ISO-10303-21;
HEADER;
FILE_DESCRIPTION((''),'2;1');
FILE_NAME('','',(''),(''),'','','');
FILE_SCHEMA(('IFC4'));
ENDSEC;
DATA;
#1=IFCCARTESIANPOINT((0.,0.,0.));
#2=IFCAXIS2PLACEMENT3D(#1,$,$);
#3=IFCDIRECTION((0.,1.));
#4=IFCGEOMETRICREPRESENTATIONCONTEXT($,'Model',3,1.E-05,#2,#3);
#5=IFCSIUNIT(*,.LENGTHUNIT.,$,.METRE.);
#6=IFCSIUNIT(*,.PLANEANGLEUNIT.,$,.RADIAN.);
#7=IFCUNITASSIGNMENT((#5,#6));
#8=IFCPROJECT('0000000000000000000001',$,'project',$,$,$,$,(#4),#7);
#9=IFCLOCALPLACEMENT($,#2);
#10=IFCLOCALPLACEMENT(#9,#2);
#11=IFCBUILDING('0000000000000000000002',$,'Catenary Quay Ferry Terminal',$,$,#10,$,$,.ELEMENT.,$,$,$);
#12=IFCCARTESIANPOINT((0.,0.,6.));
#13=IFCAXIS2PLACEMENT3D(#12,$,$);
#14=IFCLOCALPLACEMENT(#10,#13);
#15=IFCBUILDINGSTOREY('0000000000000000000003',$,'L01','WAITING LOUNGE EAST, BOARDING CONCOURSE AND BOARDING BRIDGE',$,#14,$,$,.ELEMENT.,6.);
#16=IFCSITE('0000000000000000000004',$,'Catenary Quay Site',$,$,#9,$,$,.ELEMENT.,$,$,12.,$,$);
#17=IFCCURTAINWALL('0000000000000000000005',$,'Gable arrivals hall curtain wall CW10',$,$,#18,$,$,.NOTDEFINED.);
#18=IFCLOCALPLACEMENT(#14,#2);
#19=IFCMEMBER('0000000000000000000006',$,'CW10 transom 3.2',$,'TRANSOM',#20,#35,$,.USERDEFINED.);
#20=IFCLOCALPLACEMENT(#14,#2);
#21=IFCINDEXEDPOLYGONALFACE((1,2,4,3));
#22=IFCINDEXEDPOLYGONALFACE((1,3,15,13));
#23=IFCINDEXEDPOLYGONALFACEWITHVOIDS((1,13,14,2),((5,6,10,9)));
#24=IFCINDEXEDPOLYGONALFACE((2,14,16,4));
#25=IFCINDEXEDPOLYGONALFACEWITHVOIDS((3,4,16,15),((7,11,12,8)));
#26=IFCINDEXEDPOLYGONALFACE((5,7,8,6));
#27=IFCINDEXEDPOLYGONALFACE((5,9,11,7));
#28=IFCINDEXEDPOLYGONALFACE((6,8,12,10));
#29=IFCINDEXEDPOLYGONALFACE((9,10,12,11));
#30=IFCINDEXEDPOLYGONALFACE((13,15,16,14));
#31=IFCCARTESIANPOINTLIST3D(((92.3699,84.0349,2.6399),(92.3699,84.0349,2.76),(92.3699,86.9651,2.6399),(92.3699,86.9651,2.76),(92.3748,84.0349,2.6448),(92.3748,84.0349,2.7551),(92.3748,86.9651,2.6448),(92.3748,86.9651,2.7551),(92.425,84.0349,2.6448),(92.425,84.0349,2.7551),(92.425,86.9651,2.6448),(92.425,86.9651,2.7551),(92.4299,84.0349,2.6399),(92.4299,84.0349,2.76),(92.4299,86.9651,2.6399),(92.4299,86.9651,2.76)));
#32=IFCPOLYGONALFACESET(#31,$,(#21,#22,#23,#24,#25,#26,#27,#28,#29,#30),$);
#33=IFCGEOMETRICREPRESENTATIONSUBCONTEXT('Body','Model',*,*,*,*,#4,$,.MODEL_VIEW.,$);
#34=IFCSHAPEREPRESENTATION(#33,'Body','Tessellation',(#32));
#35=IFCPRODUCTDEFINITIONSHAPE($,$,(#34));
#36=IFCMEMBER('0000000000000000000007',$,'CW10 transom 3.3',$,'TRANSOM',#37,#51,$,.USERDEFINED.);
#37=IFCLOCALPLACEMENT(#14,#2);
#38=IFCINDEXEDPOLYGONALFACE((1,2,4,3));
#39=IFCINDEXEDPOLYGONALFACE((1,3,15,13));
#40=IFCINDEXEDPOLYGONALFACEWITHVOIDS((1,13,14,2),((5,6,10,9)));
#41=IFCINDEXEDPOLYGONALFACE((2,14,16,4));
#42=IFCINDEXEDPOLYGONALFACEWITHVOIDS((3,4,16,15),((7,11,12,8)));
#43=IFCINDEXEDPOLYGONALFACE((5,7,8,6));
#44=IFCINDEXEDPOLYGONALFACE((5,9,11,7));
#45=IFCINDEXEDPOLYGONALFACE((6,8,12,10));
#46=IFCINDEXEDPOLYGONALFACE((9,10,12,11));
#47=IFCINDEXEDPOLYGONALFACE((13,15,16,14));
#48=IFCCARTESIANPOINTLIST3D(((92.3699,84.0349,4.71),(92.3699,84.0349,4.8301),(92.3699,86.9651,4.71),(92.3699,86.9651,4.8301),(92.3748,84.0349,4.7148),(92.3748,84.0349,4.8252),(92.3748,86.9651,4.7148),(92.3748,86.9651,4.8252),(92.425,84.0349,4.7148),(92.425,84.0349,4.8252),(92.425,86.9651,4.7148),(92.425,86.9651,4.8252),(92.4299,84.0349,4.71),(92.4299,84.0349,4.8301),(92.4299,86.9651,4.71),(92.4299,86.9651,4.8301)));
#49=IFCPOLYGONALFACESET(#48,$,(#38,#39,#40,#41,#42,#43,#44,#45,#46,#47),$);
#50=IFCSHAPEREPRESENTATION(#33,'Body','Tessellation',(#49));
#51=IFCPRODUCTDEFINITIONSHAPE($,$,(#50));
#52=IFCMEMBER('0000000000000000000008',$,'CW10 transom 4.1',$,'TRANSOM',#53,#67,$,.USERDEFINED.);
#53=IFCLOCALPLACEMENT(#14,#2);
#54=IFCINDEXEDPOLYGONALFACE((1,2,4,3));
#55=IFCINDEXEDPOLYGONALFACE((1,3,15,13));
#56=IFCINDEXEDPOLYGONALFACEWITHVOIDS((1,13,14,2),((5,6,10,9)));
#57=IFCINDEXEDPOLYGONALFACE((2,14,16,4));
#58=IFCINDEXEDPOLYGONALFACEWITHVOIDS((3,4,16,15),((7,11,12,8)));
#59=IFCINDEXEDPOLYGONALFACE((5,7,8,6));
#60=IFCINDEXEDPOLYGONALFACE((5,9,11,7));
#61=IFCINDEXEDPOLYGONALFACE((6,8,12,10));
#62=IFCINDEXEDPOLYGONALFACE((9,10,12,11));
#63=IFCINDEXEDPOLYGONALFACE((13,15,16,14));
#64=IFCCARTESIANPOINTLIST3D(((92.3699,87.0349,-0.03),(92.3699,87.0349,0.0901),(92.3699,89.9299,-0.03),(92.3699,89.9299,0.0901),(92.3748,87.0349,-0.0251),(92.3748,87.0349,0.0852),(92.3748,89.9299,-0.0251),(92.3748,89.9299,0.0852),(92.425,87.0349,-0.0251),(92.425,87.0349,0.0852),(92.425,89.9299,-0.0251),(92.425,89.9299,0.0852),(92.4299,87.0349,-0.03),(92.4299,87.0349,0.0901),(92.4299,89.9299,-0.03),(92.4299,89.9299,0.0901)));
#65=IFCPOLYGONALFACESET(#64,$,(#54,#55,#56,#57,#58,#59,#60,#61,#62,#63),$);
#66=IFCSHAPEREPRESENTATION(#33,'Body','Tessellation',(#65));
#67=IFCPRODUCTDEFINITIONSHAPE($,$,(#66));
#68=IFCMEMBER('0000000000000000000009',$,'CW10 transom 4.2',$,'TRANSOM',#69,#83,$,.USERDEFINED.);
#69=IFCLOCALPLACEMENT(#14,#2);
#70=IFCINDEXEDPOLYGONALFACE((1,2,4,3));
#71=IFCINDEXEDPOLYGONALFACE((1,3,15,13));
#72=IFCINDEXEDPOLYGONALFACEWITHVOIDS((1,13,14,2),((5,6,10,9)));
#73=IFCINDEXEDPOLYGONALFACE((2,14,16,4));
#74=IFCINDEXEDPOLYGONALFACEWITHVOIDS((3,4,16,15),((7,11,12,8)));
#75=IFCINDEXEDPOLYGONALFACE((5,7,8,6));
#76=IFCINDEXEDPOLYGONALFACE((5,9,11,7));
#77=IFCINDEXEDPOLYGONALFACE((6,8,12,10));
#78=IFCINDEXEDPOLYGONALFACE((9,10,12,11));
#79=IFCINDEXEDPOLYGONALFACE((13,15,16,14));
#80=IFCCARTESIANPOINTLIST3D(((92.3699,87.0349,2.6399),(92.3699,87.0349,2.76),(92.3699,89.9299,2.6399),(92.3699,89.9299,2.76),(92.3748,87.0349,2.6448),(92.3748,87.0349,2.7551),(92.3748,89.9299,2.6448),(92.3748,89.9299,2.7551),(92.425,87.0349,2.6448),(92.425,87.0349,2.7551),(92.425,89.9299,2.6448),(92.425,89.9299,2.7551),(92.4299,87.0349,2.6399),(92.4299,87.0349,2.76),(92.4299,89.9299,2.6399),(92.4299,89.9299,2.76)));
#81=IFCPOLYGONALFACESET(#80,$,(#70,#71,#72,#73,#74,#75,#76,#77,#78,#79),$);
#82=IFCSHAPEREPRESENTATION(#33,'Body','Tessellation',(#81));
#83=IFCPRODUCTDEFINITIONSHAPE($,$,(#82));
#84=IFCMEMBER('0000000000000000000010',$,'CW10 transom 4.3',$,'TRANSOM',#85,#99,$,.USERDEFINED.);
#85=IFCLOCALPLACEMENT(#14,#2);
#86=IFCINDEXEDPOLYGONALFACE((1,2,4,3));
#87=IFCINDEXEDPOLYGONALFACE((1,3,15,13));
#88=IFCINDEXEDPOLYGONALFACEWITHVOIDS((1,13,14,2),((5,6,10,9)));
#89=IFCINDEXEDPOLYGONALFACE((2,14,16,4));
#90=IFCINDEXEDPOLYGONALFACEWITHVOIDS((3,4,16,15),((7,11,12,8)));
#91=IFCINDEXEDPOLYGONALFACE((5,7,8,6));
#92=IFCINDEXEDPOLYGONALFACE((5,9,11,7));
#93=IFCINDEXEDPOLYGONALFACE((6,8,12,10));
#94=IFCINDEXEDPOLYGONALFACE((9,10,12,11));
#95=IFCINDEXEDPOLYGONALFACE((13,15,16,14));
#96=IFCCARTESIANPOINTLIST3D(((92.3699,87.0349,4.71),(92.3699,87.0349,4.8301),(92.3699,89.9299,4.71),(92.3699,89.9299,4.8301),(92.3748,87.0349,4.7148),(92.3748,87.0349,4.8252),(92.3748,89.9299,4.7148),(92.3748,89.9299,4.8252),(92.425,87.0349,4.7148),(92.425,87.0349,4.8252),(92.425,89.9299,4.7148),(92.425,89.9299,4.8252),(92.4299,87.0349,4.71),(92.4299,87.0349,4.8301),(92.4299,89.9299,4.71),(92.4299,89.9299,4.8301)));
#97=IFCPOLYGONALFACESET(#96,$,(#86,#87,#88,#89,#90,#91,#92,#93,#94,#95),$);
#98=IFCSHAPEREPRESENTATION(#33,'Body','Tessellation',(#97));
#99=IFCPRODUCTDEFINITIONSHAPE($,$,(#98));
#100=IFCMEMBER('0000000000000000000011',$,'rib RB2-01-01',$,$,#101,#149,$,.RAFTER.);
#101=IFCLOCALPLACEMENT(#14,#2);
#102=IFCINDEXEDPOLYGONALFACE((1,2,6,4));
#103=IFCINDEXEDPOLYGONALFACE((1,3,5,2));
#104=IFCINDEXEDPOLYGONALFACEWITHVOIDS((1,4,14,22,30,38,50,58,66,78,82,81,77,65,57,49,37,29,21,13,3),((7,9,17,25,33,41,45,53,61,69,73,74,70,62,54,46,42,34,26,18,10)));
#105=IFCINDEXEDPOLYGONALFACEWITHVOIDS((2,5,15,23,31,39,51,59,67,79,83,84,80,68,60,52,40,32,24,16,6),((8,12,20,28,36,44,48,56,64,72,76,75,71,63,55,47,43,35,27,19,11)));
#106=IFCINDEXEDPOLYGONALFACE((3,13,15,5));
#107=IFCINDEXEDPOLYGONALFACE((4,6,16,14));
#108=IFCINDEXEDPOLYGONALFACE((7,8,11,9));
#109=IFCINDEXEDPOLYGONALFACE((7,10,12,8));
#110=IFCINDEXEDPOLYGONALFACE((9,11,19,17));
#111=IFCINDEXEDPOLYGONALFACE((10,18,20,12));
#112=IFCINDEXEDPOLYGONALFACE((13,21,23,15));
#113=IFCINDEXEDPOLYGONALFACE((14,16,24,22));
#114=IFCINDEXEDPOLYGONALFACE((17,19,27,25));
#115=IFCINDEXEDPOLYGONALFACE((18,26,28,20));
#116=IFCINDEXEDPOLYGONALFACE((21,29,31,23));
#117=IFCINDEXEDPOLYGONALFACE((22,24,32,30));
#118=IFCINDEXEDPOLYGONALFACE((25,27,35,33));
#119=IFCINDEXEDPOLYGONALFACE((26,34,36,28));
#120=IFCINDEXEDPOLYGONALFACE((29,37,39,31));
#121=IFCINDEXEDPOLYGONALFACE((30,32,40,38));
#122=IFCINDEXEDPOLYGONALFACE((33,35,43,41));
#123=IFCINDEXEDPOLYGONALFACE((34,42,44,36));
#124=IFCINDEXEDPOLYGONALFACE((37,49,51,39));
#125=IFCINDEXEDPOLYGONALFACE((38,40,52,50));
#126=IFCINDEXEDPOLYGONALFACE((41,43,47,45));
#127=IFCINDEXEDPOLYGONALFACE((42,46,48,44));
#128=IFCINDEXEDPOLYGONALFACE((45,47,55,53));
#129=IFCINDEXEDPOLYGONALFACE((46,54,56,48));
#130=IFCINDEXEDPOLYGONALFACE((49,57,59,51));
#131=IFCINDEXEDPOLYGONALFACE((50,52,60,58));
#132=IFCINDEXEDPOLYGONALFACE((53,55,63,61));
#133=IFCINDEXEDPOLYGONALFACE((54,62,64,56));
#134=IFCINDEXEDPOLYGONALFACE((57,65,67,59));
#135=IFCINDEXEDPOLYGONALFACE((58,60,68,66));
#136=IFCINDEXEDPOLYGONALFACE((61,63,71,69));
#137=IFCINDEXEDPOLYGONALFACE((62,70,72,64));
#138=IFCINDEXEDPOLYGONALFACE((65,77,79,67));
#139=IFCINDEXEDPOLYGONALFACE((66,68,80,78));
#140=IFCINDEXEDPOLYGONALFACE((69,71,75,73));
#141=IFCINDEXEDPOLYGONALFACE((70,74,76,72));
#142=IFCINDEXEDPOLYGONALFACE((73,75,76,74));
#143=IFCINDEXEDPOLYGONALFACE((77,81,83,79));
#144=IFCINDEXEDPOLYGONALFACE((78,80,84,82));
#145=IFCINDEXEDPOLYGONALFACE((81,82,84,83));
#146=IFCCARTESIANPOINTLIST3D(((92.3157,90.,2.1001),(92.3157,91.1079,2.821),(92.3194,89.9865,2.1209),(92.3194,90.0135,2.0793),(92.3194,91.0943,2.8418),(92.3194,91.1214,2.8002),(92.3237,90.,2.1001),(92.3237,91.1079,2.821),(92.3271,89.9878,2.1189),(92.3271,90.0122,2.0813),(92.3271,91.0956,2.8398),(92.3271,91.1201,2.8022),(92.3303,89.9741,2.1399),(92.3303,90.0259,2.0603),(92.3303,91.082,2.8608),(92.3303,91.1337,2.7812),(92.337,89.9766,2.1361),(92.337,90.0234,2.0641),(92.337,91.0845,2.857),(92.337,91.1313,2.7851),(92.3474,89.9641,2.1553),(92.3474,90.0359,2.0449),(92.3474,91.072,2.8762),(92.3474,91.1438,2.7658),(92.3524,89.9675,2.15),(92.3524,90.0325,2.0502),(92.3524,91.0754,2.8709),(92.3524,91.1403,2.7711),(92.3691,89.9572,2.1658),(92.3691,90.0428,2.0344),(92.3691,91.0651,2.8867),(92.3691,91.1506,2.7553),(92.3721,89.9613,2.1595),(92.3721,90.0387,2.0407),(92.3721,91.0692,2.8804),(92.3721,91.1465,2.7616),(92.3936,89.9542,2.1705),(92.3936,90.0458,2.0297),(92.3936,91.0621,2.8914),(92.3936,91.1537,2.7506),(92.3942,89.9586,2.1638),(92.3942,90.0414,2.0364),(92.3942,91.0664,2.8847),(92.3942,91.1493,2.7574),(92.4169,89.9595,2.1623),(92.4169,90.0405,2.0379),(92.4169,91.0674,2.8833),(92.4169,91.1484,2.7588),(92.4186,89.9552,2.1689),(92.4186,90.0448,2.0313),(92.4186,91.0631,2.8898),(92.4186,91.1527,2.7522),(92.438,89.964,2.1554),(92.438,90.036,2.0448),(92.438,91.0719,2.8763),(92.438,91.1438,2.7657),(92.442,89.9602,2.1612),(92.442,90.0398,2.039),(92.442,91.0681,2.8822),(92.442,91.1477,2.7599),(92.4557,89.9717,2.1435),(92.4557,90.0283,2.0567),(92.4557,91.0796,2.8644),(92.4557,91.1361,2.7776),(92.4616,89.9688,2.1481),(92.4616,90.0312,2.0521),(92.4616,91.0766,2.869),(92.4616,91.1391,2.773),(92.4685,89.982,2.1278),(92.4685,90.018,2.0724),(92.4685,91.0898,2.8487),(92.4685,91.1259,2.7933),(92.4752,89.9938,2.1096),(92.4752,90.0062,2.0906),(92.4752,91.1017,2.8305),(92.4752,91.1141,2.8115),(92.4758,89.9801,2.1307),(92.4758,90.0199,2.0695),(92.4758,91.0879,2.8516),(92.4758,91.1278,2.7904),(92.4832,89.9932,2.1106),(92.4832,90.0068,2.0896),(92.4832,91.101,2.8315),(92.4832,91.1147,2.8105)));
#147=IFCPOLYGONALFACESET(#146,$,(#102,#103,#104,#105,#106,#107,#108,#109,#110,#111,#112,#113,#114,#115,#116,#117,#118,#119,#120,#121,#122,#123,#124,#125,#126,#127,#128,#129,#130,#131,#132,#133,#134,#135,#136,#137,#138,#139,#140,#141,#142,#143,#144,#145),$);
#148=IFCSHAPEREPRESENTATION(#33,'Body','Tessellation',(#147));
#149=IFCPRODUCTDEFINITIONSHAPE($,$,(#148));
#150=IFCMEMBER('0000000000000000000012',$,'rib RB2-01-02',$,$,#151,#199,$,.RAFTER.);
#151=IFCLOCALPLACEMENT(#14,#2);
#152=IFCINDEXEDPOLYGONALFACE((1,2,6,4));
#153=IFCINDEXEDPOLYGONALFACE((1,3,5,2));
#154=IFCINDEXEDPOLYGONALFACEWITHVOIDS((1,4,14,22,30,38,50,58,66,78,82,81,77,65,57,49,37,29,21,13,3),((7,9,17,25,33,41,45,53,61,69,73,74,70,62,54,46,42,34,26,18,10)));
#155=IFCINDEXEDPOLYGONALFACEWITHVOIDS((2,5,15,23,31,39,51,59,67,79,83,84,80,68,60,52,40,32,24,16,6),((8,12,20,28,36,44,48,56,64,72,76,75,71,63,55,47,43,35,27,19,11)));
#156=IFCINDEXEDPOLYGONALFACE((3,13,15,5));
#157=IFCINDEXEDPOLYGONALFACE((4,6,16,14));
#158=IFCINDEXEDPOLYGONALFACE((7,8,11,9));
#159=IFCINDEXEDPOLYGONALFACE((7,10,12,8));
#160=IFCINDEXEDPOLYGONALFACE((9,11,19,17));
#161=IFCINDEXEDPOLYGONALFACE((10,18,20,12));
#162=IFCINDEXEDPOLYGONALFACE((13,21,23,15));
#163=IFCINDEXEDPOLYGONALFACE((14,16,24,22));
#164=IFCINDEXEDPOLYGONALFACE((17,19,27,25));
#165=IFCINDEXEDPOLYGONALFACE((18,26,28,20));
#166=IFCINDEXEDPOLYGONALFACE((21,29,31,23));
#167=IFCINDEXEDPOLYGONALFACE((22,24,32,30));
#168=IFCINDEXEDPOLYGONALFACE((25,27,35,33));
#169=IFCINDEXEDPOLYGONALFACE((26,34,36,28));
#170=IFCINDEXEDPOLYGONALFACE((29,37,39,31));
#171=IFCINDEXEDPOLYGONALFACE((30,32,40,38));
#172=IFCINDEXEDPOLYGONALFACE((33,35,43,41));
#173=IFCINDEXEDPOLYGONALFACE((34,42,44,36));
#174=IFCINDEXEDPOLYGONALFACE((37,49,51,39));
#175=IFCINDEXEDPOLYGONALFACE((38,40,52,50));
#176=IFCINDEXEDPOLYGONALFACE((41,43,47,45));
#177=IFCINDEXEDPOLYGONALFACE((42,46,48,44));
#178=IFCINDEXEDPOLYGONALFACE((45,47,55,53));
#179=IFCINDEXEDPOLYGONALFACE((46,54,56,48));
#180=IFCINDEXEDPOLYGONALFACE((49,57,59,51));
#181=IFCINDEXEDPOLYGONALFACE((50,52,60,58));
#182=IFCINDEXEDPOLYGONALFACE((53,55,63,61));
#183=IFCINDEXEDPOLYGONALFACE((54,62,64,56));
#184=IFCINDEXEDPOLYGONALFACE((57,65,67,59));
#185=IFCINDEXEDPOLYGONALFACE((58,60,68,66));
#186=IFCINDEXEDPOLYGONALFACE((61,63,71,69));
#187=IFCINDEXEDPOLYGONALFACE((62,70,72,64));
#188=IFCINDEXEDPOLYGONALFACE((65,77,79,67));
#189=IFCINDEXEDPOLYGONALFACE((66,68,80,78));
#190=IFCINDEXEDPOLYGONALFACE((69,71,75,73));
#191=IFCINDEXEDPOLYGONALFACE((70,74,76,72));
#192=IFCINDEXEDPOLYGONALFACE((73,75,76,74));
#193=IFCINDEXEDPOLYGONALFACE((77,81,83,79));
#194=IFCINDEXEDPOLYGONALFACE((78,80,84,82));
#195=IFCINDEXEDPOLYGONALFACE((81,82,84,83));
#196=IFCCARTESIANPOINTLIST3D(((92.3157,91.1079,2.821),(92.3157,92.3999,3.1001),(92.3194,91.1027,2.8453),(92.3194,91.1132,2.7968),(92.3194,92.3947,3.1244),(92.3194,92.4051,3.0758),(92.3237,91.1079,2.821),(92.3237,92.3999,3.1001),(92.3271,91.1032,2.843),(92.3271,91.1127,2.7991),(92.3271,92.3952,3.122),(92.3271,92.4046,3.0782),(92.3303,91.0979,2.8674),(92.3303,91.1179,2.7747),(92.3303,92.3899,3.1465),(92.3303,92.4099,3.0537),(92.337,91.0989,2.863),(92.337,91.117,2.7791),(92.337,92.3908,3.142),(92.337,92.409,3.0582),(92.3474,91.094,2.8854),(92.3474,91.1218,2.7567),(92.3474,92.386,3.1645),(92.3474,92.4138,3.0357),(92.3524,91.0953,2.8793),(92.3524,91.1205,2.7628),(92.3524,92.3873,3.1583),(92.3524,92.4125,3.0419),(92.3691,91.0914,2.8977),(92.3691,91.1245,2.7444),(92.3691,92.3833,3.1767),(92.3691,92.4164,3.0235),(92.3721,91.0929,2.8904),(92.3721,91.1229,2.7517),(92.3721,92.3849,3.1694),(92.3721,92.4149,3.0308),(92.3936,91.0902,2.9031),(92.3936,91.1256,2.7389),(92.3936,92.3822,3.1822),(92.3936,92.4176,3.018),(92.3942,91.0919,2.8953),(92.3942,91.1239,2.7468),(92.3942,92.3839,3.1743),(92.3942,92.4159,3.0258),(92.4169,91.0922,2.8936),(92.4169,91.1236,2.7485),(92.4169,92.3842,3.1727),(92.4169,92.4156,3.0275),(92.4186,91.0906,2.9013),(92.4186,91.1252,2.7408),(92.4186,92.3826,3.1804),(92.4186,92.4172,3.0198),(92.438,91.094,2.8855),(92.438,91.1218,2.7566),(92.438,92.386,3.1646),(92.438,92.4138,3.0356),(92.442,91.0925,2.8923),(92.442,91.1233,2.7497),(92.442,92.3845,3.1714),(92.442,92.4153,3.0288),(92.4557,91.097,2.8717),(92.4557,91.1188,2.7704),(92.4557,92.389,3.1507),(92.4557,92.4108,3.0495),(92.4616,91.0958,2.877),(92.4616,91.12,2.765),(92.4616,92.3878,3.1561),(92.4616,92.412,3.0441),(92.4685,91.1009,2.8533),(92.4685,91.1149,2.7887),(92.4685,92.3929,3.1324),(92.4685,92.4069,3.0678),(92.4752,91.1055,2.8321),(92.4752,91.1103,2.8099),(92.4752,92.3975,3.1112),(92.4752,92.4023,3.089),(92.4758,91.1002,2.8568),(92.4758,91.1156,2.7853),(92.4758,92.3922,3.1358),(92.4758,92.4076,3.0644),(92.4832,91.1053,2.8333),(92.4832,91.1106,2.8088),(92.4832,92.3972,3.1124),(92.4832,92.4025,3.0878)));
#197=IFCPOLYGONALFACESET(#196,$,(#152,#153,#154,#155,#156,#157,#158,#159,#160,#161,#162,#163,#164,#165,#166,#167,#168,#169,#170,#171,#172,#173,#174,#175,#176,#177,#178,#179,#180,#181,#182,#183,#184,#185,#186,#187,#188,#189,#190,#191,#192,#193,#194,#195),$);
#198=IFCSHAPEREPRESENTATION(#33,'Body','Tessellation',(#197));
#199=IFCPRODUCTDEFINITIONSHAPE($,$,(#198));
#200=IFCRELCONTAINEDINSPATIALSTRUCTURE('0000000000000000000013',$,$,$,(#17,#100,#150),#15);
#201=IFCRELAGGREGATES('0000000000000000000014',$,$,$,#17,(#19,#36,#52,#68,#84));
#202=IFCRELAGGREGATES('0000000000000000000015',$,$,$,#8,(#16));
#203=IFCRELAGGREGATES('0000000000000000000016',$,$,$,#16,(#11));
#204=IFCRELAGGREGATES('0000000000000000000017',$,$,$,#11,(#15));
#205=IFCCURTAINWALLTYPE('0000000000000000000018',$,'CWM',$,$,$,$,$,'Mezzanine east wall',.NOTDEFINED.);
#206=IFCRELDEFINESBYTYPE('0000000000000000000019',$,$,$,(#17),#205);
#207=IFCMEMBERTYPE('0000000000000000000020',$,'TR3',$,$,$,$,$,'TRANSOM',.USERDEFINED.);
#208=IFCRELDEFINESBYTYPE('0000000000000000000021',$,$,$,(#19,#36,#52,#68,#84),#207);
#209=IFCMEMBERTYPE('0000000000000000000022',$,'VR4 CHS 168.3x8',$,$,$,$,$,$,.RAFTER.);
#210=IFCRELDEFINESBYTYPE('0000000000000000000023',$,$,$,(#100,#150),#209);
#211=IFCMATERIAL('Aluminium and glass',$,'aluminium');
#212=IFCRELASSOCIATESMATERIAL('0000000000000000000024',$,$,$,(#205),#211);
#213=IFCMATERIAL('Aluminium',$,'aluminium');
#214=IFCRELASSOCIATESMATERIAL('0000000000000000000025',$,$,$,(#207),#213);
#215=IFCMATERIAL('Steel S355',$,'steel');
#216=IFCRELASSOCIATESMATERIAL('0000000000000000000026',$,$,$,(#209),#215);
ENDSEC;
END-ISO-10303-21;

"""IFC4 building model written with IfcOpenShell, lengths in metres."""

from ifc_helpers import new_model, si_unit, direction, frame, origin, origin_2d, place, context, subcontext, project, spatial, hollow_rectangle, hollow_circle, extrude, material, material_profile, profile_set, type_object, element, aggregate, save


model = new_model("IFC4")

# Units and contexts
model_context = context("Model", 3, precision=1e-05, world=origin(), true_north=direction((0.0, 1.0)))
body_context = subcontext(model_context, "Body", "Model", "MODEL_VIEW")
ifc_project = project(units=[si_unit("LENGTHUNIT", "METRE"), si_unit("PLANEANGLEUNIT", "RADIAN")], contexts=[model_context])

# Site, building, storey
site_placement = place(None, origin())
site = spatial("IfcSite", under=ifc_project, at=site_placement, Name="Catenary Quay Site", CompositionType="ELEMENT", RefElevation=12.0)
building_placement = place(site_placement, origin())
building = spatial("IfcBuilding", under=site, at=building_placement, Name="Catenary Quay Ferry Terminal", CompositionType="ELEMENT")
storey_placement = place(building_placement, frame((0.0, 0.0, 6.0)))
storey = spatial("IfcBuildingStorey", under=building, at=storey_placement, Name="L01", Description="WAITING LOUNGE EAST, BOARDING CONCOURSE AND BOARDING BRIDGE", CompositionType="ELEMENT", Elevation=6.0)

# Curtain wall
ifc_material_1 = material(Name="Aluminium and glass", Category="aluminium")
curtain_wall_type_1 = type_object("IfcCurtainWallType", Name="CWM", ElementType="Mezzanine east wall", PredefinedType="NOTDEFINED", material=ifc_material_1)
curtain_wall_1_placement = place(storey_placement, origin())
curtain_wall_1 = element("IfcCurtainWall", 1, at=curtain_wall_1_placement, inside=storey, type_object=curtain_wall_type_1, Name="Gable arrivals hall curtain wall CW10", PredefinedType="NOTDEFINED")

# Members
ifc_material_2 = material(Name="Aluminium", Category="aluminium")
ifc_material_profile_1 = material_profile(ifc_material_2, hollow_rectangle(XDim=0.0601, YDim=0.1201, WallThickness=0.0049, at=origin_2d()), Name="TR3")
ifc_profile_set_1 = profile_set([ifc_material_profile_1], Name="Aluminium")
member_type_1 = type_object("IfcMemberType", Name="TR3", ElementType="TRANSOM", PredefinedType="USERDEFINED", material=ifc_profile_set_1)
member_1_placement = place(storey_placement, frame((92.3999, 84.0349, 2.7), z_axis=(0.0, 1.0, 0.0), x_axis=(-1.0, 0.0, 0.0)))
member_1 = element("IfcMember", 2, at=member_1_placement, type_object=member_type_1, Name="CW10 transom 3.2", ObjectType="TRANSOM", PredefinedType="USERDEFINED", context=body_context, shape_type="SweptSolid", body=[
    extrude(hollow_rectangle(XDim=0.0601, YDim=0.1201, WallThickness=0.0049, at=origin_2d()), origin(), (0.0, 0.0, 1.0), 2.9302),
])
member_2_placement = place(storey_placement, frame((92.3999, 84.0349, 4.77), z_axis=(0.0, 1.0, 0.0), x_axis=(-1.0, 0.0, 0.0)))
member_2 = element("IfcMember", 3, at=member_2_placement, type_object=member_type_1, Name="CW10 transom 3.3", ObjectType="TRANSOM", PredefinedType="USERDEFINED", context=body_context, shape_type="SweptSolid", body=[
    extrude(hollow_rectangle(XDim=0.0601, YDim=0.1201, WallThickness=0.0049, at=origin_2d()), origin(), (0.0, 0.0, 1.0), 2.9302),
])
member_3_placement = place(storey_placement, frame((92.3999, 87.0349, 0.03), z_axis=(0.0, 1.0, 0.0), x_axis=(-1.0, 0.0, 0.0)))
member_3 = element("IfcMember", 4, at=member_3_placement, type_object=member_type_1, Name="CW10 transom 4.1", ObjectType="TRANSOM", PredefinedType="USERDEFINED", context=body_context, shape_type="SweptSolid", body=[
    extrude(hollow_rectangle(XDim=0.0601, YDim=0.1201, WallThickness=0.0049, at=origin_2d()), origin(), (0.0, 0.0, 1.0), 2.895),
])
member_4_placement = place(storey_placement, frame((92.3999, 87.0349, 2.7), z_axis=(0.0, 1.0, 0.0), x_axis=(-1.0, 0.0, 0.0)))
member_4 = element("IfcMember", 5, at=member_4_placement, type_object=member_type_1, Name="CW10 transom 4.2", ObjectType="TRANSOM", PredefinedType="USERDEFINED", context=body_context, shape_type="SweptSolid", body=[
    extrude(hollow_rectangle(XDim=0.0601, YDim=0.1201, WallThickness=0.0049, at=origin_2d()), origin(), (0.0, 0.0, 1.0), 2.895),
])
member_5_placement = place(storey_placement, frame((92.3999, 87.0349, 4.77), z_axis=(0.0, 1.0, 0.0), x_axis=(-1.0, 0.0, 0.0)))
member_5 = element("IfcMember", 6, at=member_5_placement, type_object=member_type_1, Name="CW10 transom 4.3", ObjectType="TRANSOM", PredefinedType="USERDEFINED", context=body_context, shape_type="SweptSolid", body=[
    extrude(hollow_rectangle(XDim=0.0601, YDim=0.1201, WallThickness=0.0049, at=origin_2d()), origin(), (0.0, 0.0, 1.0), 2.895),
])

# Members
ifc_material_3 = material(Name="Steel S355", Category="steel")
ifc_material_profile_2 = material_profile(ifc_material_3, hollow_circle(Radius=0.0842, WallThickness=0.0081, at=origin_2d()), Name="CHS 168.3x8")
ifc_profile_set_2 = profile_set([ifc_material_profile_2], Name="Steel S355")
member_type_2 = type_object("IfcMemberType", Name="VR4 CHS 168.3x8", PredefinedType="RAFTER", material=ifc_profile_set_2)
for number, where, z_axis, x_axis, name in (
    (7, (92.3999, 90.0, 2.1001), (0.0, 0.838165, 0.545417), (-1.0, 0.0, 0.0), "rib RB2-01-01"),
    (8, (92.3999, 91.1079, 2.821), (0.0, 0.977461, 0.211118), (-1.0, 0.0, 0.0), "rib RB2-01-02"),
):
    element("IfcMember", number, at=place(storey_placement, frame(where, z_axis=z_axis, x_axis=x_axis)), inside=storey, type_object=member_type_2, Name=name, PredefinedType="RAFTER", context=body_context, shape_type="SweptSolid", body=[
        extrude(hollow_circle(Radius=0.0842, WallThickness=0.0081, at=origin_2d()), origin(), (0.0, 0.0, 1.0), 1.3218),
    ])

aggregate(curtain_wall_1, [member_1, member_2, member_3, member_4, member_5])

save(model, "model.ifc")
